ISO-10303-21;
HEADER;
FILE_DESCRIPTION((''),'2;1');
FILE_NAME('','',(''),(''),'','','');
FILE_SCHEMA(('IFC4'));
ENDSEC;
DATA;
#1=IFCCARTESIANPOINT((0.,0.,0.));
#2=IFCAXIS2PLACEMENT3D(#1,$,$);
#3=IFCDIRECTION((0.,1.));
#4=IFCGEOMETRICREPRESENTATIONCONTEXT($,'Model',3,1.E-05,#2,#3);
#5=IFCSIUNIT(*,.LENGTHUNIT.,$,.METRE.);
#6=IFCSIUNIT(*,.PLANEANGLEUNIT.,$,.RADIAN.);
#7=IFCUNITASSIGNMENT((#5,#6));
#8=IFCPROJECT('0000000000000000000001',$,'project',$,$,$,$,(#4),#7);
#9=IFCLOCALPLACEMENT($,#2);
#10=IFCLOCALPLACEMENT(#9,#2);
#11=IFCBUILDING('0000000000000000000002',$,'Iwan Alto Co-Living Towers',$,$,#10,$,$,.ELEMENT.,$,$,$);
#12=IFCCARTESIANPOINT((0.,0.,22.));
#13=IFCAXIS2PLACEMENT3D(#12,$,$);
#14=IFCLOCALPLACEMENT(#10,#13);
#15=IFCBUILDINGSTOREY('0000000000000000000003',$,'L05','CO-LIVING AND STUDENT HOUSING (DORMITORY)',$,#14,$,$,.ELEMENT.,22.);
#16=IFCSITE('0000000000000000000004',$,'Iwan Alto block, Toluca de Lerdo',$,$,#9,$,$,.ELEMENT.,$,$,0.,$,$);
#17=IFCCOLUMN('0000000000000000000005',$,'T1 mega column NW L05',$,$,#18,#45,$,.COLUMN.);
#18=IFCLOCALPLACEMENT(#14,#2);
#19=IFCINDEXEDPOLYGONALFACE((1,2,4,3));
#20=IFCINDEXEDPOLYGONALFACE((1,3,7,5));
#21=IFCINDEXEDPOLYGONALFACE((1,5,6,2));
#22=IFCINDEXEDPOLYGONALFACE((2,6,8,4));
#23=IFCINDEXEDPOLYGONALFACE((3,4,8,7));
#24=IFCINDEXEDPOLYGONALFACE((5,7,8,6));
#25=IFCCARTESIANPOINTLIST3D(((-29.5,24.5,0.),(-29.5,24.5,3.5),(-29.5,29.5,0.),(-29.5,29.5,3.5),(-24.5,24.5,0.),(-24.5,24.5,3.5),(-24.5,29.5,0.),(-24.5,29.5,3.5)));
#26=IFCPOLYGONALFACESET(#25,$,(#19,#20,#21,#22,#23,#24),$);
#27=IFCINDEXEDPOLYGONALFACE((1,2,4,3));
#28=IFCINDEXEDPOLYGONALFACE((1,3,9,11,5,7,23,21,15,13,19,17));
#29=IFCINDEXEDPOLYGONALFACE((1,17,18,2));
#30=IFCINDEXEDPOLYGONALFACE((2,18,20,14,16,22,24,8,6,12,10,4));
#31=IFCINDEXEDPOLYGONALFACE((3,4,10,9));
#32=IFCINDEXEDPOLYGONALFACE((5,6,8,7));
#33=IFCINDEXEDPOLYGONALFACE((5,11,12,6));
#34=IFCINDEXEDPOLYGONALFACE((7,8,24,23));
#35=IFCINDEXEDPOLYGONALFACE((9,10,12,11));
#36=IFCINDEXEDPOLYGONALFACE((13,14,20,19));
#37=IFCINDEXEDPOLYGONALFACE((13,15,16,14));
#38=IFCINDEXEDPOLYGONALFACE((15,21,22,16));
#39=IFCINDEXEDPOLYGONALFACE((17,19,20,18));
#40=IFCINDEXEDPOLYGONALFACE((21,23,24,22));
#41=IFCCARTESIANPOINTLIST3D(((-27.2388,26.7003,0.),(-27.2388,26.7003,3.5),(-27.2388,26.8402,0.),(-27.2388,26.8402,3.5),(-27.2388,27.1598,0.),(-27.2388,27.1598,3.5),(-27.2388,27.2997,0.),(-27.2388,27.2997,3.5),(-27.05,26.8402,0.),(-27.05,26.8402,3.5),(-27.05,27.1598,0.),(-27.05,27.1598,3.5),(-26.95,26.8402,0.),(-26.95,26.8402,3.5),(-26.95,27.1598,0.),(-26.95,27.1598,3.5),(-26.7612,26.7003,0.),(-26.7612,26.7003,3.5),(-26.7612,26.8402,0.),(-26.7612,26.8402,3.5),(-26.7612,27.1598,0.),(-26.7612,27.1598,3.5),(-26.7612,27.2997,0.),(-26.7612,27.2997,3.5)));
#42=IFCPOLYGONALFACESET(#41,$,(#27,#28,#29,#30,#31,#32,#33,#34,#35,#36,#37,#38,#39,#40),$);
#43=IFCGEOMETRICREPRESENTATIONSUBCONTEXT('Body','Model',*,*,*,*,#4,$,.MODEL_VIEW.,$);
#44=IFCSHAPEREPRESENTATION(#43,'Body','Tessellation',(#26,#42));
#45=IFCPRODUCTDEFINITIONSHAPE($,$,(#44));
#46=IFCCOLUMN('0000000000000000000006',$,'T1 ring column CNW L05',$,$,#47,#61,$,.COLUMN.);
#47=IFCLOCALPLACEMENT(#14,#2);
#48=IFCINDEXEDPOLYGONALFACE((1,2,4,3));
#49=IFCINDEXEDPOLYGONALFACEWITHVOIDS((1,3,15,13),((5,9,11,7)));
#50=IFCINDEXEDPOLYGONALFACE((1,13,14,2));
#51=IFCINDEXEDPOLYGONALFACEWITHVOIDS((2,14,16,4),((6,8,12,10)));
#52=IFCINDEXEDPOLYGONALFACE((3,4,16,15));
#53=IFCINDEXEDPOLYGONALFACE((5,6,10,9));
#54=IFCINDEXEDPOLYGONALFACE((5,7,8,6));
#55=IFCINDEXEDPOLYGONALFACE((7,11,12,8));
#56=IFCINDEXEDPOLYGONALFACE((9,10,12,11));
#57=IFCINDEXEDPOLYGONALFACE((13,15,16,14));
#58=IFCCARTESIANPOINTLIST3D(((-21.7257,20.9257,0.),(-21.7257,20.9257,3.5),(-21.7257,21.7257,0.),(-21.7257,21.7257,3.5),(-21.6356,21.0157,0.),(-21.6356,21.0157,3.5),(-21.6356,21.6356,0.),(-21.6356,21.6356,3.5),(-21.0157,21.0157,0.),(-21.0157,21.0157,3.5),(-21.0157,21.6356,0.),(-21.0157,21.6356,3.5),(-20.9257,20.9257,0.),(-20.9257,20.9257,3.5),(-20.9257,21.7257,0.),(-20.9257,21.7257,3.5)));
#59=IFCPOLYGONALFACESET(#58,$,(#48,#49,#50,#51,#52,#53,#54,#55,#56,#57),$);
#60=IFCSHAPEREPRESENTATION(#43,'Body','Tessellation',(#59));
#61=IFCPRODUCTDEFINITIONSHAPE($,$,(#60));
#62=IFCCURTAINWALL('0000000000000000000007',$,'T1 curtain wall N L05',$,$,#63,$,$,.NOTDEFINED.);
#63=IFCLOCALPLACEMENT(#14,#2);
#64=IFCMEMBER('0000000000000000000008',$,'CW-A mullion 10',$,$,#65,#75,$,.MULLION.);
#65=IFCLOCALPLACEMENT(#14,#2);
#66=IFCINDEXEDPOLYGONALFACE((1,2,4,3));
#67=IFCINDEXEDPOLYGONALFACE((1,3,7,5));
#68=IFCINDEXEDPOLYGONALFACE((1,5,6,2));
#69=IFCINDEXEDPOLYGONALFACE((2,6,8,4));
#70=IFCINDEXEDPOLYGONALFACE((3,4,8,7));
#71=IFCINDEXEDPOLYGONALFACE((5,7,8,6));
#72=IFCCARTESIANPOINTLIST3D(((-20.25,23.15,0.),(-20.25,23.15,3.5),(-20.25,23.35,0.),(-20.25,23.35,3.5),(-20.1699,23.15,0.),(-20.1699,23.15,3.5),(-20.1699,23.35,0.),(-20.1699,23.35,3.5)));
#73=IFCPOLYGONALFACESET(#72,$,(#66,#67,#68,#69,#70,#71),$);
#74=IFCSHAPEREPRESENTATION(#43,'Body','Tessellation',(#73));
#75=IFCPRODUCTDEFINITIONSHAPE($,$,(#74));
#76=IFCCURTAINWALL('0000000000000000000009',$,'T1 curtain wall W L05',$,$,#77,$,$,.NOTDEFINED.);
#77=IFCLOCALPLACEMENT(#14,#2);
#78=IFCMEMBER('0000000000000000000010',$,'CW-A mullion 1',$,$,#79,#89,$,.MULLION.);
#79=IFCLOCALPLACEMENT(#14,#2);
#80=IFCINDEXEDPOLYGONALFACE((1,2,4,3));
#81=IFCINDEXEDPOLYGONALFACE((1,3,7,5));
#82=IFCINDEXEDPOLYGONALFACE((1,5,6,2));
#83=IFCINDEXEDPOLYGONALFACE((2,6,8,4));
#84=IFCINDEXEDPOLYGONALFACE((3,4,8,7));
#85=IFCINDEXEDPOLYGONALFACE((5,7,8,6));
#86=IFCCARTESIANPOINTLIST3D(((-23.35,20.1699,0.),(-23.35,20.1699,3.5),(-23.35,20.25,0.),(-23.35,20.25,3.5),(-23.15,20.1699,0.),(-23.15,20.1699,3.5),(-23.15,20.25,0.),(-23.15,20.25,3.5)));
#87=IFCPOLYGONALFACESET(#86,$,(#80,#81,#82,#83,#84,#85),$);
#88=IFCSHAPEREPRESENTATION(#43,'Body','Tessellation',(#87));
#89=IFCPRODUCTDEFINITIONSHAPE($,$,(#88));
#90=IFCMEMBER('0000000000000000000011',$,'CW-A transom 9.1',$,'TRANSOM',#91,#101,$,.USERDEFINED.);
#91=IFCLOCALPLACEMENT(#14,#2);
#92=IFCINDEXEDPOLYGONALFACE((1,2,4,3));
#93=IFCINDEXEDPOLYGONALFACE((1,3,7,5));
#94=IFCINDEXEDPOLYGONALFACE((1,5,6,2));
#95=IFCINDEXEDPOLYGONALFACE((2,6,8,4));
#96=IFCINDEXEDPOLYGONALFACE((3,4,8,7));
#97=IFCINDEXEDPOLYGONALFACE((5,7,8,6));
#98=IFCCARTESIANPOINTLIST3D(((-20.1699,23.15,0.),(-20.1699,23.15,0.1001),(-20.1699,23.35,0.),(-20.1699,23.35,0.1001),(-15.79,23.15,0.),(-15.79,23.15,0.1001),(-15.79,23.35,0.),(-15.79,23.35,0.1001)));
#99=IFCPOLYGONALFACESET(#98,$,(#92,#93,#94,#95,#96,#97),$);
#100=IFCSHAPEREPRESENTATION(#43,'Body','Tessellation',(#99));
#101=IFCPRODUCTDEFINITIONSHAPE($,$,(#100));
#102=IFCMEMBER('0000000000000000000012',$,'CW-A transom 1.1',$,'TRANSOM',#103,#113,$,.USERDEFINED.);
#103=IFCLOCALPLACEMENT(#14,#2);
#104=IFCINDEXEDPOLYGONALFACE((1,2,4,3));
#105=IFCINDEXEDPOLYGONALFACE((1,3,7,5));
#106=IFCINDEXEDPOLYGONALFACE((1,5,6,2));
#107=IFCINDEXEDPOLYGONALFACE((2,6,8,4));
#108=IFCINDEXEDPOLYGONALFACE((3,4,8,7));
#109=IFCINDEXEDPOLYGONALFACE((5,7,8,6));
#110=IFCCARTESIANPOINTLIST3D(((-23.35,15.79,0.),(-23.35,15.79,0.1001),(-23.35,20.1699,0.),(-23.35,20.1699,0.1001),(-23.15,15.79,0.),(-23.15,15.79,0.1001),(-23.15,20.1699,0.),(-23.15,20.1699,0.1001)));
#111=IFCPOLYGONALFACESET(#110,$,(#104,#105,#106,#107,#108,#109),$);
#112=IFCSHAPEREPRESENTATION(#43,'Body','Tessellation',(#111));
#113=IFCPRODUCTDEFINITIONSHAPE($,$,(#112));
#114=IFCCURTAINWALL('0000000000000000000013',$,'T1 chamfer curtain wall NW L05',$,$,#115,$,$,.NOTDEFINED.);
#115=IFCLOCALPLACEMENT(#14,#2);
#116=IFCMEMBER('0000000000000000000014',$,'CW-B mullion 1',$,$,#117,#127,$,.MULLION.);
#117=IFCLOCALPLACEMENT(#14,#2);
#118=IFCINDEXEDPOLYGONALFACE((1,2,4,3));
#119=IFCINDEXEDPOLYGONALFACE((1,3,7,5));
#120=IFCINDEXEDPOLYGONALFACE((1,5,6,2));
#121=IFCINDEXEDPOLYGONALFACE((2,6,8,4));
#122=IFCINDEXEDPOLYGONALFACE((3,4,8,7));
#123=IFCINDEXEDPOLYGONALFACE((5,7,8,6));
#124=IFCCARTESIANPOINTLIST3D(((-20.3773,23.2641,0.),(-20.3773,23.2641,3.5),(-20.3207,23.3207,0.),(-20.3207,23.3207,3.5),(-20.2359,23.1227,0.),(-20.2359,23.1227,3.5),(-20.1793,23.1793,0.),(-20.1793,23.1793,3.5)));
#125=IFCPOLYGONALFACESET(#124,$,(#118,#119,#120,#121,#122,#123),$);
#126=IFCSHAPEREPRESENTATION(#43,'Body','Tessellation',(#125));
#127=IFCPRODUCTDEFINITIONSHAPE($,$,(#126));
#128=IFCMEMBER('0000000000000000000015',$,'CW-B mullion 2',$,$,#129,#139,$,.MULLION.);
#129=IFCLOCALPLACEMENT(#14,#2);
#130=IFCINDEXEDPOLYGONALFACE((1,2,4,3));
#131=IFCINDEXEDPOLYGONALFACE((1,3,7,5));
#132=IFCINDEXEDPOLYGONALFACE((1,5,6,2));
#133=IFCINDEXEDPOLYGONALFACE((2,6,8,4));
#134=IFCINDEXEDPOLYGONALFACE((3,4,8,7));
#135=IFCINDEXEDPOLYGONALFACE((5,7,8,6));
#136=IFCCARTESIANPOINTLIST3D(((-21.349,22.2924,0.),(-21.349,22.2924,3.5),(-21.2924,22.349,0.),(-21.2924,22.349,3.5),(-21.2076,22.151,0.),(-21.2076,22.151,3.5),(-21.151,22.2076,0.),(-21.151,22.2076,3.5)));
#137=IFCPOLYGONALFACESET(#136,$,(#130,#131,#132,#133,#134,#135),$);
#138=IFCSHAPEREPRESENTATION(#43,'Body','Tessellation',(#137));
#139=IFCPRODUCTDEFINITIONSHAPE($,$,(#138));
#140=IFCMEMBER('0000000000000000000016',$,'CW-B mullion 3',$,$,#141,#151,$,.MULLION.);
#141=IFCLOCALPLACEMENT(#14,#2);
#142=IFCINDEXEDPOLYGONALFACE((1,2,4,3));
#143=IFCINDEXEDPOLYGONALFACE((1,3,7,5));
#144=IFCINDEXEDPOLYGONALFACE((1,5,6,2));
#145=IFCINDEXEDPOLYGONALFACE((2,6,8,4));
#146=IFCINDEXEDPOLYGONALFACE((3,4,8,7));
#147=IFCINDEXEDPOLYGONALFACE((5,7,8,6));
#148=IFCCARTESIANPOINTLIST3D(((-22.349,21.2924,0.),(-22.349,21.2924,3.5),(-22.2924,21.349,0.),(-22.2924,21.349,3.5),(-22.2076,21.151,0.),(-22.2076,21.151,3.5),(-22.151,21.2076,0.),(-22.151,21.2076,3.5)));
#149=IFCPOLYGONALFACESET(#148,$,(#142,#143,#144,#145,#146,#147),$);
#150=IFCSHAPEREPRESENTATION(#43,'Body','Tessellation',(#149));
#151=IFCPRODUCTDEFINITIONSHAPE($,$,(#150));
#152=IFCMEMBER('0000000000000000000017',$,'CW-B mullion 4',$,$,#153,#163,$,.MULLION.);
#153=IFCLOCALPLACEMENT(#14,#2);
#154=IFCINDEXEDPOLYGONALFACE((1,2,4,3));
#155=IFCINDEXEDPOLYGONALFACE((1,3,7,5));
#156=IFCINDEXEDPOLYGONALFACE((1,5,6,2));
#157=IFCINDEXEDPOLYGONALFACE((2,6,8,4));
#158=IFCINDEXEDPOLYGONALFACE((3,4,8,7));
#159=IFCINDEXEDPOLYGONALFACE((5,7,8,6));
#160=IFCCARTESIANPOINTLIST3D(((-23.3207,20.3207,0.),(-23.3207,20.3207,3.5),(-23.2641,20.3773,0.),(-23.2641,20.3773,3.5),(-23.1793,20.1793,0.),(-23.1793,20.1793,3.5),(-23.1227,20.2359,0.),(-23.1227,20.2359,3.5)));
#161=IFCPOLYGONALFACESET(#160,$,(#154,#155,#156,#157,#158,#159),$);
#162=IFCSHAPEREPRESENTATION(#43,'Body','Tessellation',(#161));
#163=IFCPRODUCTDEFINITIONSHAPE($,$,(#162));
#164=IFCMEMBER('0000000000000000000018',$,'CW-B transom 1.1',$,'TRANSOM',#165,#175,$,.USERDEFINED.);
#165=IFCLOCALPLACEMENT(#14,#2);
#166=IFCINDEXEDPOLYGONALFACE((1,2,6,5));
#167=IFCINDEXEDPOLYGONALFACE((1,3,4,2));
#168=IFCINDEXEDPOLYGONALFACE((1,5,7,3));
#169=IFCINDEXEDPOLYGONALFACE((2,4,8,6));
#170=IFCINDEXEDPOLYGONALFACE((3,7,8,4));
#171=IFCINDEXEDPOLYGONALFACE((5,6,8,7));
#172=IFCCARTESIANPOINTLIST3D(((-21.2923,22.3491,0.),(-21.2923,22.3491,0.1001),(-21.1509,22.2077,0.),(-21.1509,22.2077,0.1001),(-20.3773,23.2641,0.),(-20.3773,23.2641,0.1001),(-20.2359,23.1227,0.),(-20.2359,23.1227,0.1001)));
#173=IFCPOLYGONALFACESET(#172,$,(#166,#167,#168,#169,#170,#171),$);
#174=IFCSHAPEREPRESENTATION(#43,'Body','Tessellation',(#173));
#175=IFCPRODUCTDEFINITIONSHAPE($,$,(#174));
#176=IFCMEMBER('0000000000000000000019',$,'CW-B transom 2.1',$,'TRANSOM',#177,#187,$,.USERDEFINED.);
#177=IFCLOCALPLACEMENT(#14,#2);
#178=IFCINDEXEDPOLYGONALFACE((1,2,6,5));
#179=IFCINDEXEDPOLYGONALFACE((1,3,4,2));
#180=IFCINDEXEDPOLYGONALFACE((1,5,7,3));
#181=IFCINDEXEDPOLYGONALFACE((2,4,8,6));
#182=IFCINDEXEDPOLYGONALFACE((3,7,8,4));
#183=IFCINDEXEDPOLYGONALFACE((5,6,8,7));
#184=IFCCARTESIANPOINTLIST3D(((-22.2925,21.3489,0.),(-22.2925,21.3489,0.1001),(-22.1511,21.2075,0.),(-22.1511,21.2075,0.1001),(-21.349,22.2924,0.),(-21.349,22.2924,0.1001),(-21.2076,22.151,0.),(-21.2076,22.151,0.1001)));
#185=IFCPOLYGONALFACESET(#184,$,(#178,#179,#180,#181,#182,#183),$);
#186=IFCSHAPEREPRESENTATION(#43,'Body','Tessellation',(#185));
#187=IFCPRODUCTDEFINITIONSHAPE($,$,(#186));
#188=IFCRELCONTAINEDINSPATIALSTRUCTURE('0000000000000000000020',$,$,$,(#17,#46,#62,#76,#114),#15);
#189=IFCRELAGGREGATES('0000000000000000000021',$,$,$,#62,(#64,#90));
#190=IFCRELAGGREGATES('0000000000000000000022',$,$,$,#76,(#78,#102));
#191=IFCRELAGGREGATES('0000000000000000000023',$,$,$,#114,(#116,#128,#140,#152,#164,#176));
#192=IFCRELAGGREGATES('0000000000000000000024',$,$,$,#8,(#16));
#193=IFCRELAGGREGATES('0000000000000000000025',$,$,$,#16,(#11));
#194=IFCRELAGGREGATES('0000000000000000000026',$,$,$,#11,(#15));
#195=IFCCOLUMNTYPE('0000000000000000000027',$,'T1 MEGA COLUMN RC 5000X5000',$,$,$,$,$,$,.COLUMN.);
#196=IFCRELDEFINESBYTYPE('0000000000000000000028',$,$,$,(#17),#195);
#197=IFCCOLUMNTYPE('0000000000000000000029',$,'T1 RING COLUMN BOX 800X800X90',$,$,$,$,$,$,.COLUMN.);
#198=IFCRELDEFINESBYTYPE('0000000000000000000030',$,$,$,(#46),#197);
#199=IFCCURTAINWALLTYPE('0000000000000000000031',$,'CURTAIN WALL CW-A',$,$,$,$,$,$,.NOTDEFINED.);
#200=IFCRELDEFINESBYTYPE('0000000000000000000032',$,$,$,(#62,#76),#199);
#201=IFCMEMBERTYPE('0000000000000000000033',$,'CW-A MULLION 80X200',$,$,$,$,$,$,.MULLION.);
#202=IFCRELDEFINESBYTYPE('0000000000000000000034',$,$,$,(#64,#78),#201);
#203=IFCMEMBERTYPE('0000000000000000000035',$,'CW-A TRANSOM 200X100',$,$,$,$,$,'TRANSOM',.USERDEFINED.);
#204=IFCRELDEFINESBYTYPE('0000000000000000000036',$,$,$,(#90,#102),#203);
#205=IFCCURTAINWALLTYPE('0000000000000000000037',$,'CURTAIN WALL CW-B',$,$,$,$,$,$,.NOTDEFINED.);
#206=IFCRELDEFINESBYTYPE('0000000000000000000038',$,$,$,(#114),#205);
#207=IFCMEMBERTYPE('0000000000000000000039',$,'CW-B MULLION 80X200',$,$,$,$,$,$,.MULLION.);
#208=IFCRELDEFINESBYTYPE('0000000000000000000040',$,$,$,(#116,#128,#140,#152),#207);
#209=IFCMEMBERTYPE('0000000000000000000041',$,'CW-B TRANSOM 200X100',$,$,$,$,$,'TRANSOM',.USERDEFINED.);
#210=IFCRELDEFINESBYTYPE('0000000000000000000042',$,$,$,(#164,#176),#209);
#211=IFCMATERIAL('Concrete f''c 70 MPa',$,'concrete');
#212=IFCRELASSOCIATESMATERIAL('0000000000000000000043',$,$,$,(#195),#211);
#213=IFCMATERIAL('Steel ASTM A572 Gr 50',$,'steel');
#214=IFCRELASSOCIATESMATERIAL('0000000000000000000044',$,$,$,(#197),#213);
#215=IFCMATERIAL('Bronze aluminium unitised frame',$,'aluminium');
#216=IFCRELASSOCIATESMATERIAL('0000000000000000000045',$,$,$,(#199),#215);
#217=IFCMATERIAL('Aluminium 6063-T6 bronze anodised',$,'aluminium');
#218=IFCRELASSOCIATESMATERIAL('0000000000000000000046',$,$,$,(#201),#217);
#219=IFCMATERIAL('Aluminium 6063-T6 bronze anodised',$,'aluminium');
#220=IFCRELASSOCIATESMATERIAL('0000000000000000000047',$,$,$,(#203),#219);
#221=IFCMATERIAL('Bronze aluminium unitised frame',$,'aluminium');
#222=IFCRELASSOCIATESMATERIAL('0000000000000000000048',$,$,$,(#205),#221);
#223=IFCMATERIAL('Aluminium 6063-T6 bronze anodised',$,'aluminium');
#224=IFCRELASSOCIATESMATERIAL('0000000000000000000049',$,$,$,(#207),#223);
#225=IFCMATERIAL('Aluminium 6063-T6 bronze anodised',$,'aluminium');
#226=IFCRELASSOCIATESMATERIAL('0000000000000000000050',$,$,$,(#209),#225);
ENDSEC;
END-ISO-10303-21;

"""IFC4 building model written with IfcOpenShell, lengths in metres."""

from ifc_helpers import new_model, si_unit, direction, frame, origin, origin_2d, place, context, subcontext, project, spatial, rectangle, hollow_rectangle, i_section, extrude, material, material_profile, profile_set, type_object, element, aggregate, save


model = new_model("IFC4")

# Units and contexts
model_context = context("Model", 3, precision=1e-05, world=origin(), true_north=direction((0.0, 1.0)))
body_context = subcontext(model_context, "Body", "Model", "MODEL_VIEW")
ifc_project = project(units=[si_unit("LENGTHUNIT", "METRE"), si_unit("PLANEANGLEUNIT", "RADIAN")], contexts=[model_context])

# Site, building, storey
site_placement = place(None, origin())
site = spatial("IfcSite", under=ifc_project, at=site_placement, Name="Iwan Alto block, Toluca de Lerdo", CompositionType="ELEMENT", RefElevation=0.0)
building_placement = place(site_placement, origin())
building = spatial("IfcBuilding", under=site, at=building_placement, Name="Iwan Alto Co-Living Towers", CompositionType="ELEMENT")
storey_placement = place(building_placement, frame((0.0, 0.0, 22.0)))
storey = spatial("IfcBuildingStorey", under=building, at=storey_placement, Name="L05", Description="CO-LIVING AND STUDENT HOUSING (DORMITORY)", CompositionType="ELEMENT", Elevation=22.0)

# Columns
ifc_material_1 = material(Name="Concrete f'c 70 MPa", Category="concrete")
ifc_material_profile_1 = material_profile(ifc_material_1, rectangle(XDim=5.0, YDim=5.0, at=origin_2d()), Name="RC 5000X5000")
ifc_profile_set_1 = profile_set([ifc_material_profile_1], Name="Concrete f'c 70 MPa")
column_type_1 = type_object("IfcColumnType", Name="T1 MEGA COLUMN RC 5000X5000", PredefinedType="COLUMN", material=ifc_profile_set_1)
column_1_placement = place(storey_placement, frame((-27.0, 27.0, 0.0), z_axis=(0.0, 0.0, 1.0), x_axis=(1.0, 0.0, 0.0)))
element("IfcColumn", 1, at=column_1_placement, inside=storey, type_object=column_type_1, Name="T1 mega column NW L05", PredefinedType="COLUMN", context=body_context, shape_type="SweptSolid", body=[
    extrude(rectangle(XDim=5.0, YDim=5.0, at=origin_2d()), origin(), (0.0, 0.0, 1.0), 3.5),
    extrude(i_section(OverallWidth=0.4775, OverallDepth=0.5994, WebThickness=0.1001, FlangeThickness=0.1399, at=origin_2d()), origin(), (0.0, 0.0, 1.0), 3.5),
])
ifc_material_2 = material(Name="Steel ASTM A572 Gr 50", Category="steel")
ifc_material_profile_2 = material_profile(ifc_material_2, hollow_rectangle(XDim=0.8, YDim=0.8, WallThickness=0.0901, at=origin_2d()), Name="BOX 800X800X90")
ifc_profile_set_2 = profile_set([ifc_material_profile_2], Name="Steel ASTM A572 Gr 50")
column_type_2 = type_object("IfcColumnType", Name="T1 RING COLUMN BOX 800X800X90", PredefinedType="COLUMN", material=ifc_profile_set_2)
column_2_placement = place(storey_placement, frame((-21.3257, 21.3257, 0.0), z_axis=(0.0, 0.0, 1.0), x_axis=(1.0, 0.0, 0.0)))
element("IfcColumn", 2, at=column_2_placement, inside=storey, type_object=column_type_2, Name="T1 ring column CNW L05", PredefinedType="COLUMN", context=body_context, shape_type="SweptSolid", body=[
    extrude(hollow_rectangle(XDim=0.8, YDim=0.8, WallThickness=0.0901, at=origin_2d()), origin(), (0.0, 0.0, 1.0), 3.5),
])

# Curtain walls, members
ifc_material_3 = material(Name="Bronze aluminium unitised frame", Category="aluminium")
curtain_wall_type_1 = type_object("IfcCurtainWallType", Name="CURTAIN WALL CW-A", PredefinedType="NOTDEFINED", material=ifc_material_3)
curtain_wall_1_placement = place(storey_placement, origin())
curtain_wall_1 = element("IfcCurtainWall", 3, at=curtain_wall_1_placement, inside=storey, type_object=curtain_wall_type_1, Name="T1 curtain wall N L05", PredefinedType="NOTDEFINED")
ifc_material_4 = material(Name="Aluminium 6063-T6 bronze anodised", Category="aluminium")
ifc_material_profile_3 = material_profile(ifc_material_4, rectangle(XDim=0.2, YDim=0.0801, at=origin_2d()), Name="AL 80X200")
ifc_profile_set_3 = profile_set([ifc_material_profile_3], Name="Aluminium 6063-T6 bronze anodised")
member_type_1 = type_object("IfcMemberType", Name="CW-A MULLION 80X200", PredefinedType="MULLION", material=ifc_profile_set_3)
member_1_placement = place(storey_placement, frame((-20.21, 23.25, 0.0), z_axis=(0.0, 0.0, 1.0), x_axis=(0.0, -1.0, 0.0)))
member_1 = element("IfcMember", 4, at=member_1_placement, type_object=member_type_1, Name="CW-A mullion 10", PredefinedType="MULLION", context=body_context, shape_type="SweptSolid", body=[
    extrude(rectangle(XDim=0.2, YDim=0.0801, at=origin_2d()), origin(), (0.0, 0.0, 1.0), 3.5),
])
curtain_wall_2_placement = place(storey_placement, origin())
curtain_wall_2 = element("IfcCurtainWall", 5, at=curtain_wall_2_placement, inside=storey, type_object=curtain_wall_type_1, Name="T1 curtain wall W L05", PredefinedType="NOTDEFINED")
member_2_placement = place(storey_placement, frame((-23.25, 20.21, 0.0), z_axis=(0.0, 0.0, 1.0), x_axis=(1.0, 0.0, 0.0)))
member_2 = element("IfcMember", 6, at=member_2_placement, type_object=member_type_1, Name="CW-A mullion 1", PredefinedType="MULLION", context=body_context, shape_type="SweptSolid", body=[
    extrude(rectangle(XDim=0.2, YDim=0.0801, at=origin_2d()), origin(), (0.0, 0.0, 1.0), 3.5),
])

# Members
ifc_material_5 = material(Name="Aluminium 6063-T6 bronze anodised", Category="aluminium")
ifc_material_profile_4 = material_profile(ifc_material_5, rectangle(XDim=0.2, YDim=0.1001, at=origin_2d()), Name="AL 200X100")
ifc_profile_set_4 = profile_set([ifc_material_profile_4], Name="Aluminium 6063-T6 bronze anodised")
member_type_2 = type_object("IfcMemberType", Name="CW-A TRANSOM 200X100", ElementType="TRANSOM", PredefinedType="USERDEFINED", material=ifc_profile_set_4)
member_3_placement = place(storey_placement, frame((-15.79, 23.25, 0.05), z_axis=(-1.0, 0.0, 0.0), x_axis=(0.0, -1.0, 0.0)))
member_3 = element("IfcMember", 7, at=member_3_placement, type_object=member_type_2, Name="CW-A transom 9.1", ObjectType="TRANSOM", PredefinedType="USERDEFINED", context=body_context, shape_type="SweptSolid", body=[
    extrude(rectangle(XDim=0.2, YDim=0.1001, at=origin_2d()), origin(), (0.0, 0.0, 1.0), 4.3799),
])
member_4_placement = place(storey_placement, frame((-23.25, 20.1699, 0.05), z_axis=(0.0, -1.0, 0.0), x_axis=(1.0, 0.0, 0.0)))
member_4 = element("IfcMember", 8, at=member_4_placement, type_object=member_type_2, Name="CW-A transom 1.1", ObjectType="TRANSOM", PredefinedType="USERDEFINED", context=body_context, shape_type="SweptSolid", body=[
    extrude(rectangle(XDim=0.2, YDim=0.1001, at=origin_2d()), origin(), (0.0, 0.0, 1.0), 4.3799),
])

# Curtain wall, members
ifc_material_6 = material(Name="Bronze aluminium unitised frame", Category="aluminium")
curtain_wall_type_2 = type_object("IfcCurtainWallType", Name="CURTAIN WALL CW-B", PredefinedType="NOTDEFINED", material=ifc_material_6)
curtain_wall_3_placement = place(storey_placement, origin())
curtain_wall_3 = element("IfcCurtainWall", 9, at=curtain_wall_3_placement, inside=storey, type_object=curtain_wall_type_2, Name="T1 chamfer curtain wall NW L05", PredefinedType="NOTDEFINED")
ifc_material_7 = material(Name="Aluminium 6063-T6 bronze anodised", Category="aluminium")
ifc_material_profile_5 = material_profile(ifc_material_7, rectangle(XDim=0.2, YDim=0.0801, at=origin_2d()), Name="AL 80X200")
ifc_profile_set_5 = profile_set([ifc_material_profile_5], Name="Aluminium 6063-T6 bronze anodised")
member_type_3 = type_object("IfcMemberType", Name="CW-B MULLION 80X200", PredefinedType="MULLION", material=ifc_profile_set_5)
member_5_placement = place(storey_placement, frame((-20.2783, 23.2217, 0.0), z_axis=(0.0, 0.0, 1.0), x_axis=(0.707107, -0.707107, 0.0)))
member_5 = element("IfcMember", 10, at=member_5_placement, type_object=member_type_3, Name="CW-B mullion 1", PredefinedType="MULLION", context=body_context, shape_type="SweptSolid", body=[
    extrude(rectangle(XDim=0.2, YDim=0.0801, at=origin_2d()), origin(), (0.0, 0.0, 1.0), 3.5),
])
member_6_placement = place(storey_placement, frame((-21.25, 22.25, 0.0), z_axis=(0.0, 0.0, 1.0), x_axis=(0.707107, -0.707107, 0.0)))
member_6 = element("IfcMember", 11, at=member_6_placement, type_object=member_type_3, Name="CW-B mullion 2", PredefinedType="MULLION", context=body_context, shape_type="SweptSolid", body=[
    extrude(rectangle(XDim=0.2, YDim=0.0801, at=origin_2d()), origin(), (0.0, 0.0, 1.0), 3.5),
])
member_7_placement = place(storey_placement, frame((-22.25, 21.25, 0.0), z_axis=(0.0, 0.0, 1.0), x_axis=(0.707107, -0.707107, 0.0)))
member_7 = element("IfcMember", 12, at=member_7_placement, type_object=member_type_3, Name="CW-B mullion 3", PredefinedType="MULLION", context=body_context, shape_type="SweptSolid", body=[
    extrude(rectangle(XDim=0.2, YDim=0.0801, at=origin_2d()), origin(), (0.0, 0.0, 1.0), 3.5),
])
member_8_placement = place(storey_placement, frame((-23.2217, 20.2783, 0.0), z_axis=(0.0, 0.0, 1.0), x_axis=(0.707107, -0.707107, 0.0)))
member_8 = element("IfcMember", 13, at=member_8_placement, type_object=member_type_3, Name="CW-B mullion 4", PredefinedType="MULLION", context=body_context, shape_type="SweptSolid", body=[
    extrude(rectangle(XDim=0.2, YDim=0.0801, at=origin_2d()), origin(), (0.0, 0.0, 1.0), 3.5),
])
ifc_material_8 = material(Name="Aluminium 6063-T6 bronze anodised", Category="aluminium")
ifc_material_profile_6 = material_profile(ifc_material_8, rectangle(XDim=0.2, YDim=0.1001, at=origin_2d()), Name="AL 200X100")
ifc_profile_set_6 = profile_set([ifc_material_profile_6], Name="Aluminium 6063-T6 bronze anodised")
member_type_4 = type_object("IfcMemberType", Name="CW-B TRANSOM 200X100", ElementType="TRANSOM", PredefinedType="USERDEFINED", material=ifc_profile_set_6)
member_9_placement = place(storey_placement, frame((-20.3066, 23.1934, 0.05), z_axis=(-0.707107, -0.707107, 0.0), x_axis=(0.707107, -0.707107, 0.0)))
member_9 = element("IfcMember", 14, at=member_9_placement, type_object=member_type_4, Name="CW-B transom 1.1", ObjectType="TRANSOM", PredefinedType="USERDEFINED", context=body_context, shape_type="SweptSolid", body=[
    extrude(rectangle(XDim=0.2, YDim=0.1001, at=origin_2d()), origin(), (0.0, 0.0, 1.0), 1.2939),
])
member_10_placement = place(storey_placement, frame((-21.2783, 22.2217, 0.05), z_axis=(-0.707107, -0.707107, 0.0), x_axis=(0.707107, -0.707107, 0.0)))
member_10 = element("IfcMember", 15, at=member_10_placement, type_object=member_type_4, Name="CW-B transom 2.1", ObjectType="TRANSOM", PredefinedType="USERDEFINED", context=body_context, shape_type="SweptSolid", body=[
    extrude(rectangle(XDim=0.2, YDim=0.1001, at=origin_2d()), origin(), (0.0, 0.0, 1.0), 1.3342),
])

aggregate(curtain_wall_1, [member_1, member_3])
aggregate(curtain_wall_2, [member_2, member_4])
aggregate(curtain_wall_3, [member_5, member_6, member_7, member_8, member_9, member_10])

save(model, "model.ifc")
